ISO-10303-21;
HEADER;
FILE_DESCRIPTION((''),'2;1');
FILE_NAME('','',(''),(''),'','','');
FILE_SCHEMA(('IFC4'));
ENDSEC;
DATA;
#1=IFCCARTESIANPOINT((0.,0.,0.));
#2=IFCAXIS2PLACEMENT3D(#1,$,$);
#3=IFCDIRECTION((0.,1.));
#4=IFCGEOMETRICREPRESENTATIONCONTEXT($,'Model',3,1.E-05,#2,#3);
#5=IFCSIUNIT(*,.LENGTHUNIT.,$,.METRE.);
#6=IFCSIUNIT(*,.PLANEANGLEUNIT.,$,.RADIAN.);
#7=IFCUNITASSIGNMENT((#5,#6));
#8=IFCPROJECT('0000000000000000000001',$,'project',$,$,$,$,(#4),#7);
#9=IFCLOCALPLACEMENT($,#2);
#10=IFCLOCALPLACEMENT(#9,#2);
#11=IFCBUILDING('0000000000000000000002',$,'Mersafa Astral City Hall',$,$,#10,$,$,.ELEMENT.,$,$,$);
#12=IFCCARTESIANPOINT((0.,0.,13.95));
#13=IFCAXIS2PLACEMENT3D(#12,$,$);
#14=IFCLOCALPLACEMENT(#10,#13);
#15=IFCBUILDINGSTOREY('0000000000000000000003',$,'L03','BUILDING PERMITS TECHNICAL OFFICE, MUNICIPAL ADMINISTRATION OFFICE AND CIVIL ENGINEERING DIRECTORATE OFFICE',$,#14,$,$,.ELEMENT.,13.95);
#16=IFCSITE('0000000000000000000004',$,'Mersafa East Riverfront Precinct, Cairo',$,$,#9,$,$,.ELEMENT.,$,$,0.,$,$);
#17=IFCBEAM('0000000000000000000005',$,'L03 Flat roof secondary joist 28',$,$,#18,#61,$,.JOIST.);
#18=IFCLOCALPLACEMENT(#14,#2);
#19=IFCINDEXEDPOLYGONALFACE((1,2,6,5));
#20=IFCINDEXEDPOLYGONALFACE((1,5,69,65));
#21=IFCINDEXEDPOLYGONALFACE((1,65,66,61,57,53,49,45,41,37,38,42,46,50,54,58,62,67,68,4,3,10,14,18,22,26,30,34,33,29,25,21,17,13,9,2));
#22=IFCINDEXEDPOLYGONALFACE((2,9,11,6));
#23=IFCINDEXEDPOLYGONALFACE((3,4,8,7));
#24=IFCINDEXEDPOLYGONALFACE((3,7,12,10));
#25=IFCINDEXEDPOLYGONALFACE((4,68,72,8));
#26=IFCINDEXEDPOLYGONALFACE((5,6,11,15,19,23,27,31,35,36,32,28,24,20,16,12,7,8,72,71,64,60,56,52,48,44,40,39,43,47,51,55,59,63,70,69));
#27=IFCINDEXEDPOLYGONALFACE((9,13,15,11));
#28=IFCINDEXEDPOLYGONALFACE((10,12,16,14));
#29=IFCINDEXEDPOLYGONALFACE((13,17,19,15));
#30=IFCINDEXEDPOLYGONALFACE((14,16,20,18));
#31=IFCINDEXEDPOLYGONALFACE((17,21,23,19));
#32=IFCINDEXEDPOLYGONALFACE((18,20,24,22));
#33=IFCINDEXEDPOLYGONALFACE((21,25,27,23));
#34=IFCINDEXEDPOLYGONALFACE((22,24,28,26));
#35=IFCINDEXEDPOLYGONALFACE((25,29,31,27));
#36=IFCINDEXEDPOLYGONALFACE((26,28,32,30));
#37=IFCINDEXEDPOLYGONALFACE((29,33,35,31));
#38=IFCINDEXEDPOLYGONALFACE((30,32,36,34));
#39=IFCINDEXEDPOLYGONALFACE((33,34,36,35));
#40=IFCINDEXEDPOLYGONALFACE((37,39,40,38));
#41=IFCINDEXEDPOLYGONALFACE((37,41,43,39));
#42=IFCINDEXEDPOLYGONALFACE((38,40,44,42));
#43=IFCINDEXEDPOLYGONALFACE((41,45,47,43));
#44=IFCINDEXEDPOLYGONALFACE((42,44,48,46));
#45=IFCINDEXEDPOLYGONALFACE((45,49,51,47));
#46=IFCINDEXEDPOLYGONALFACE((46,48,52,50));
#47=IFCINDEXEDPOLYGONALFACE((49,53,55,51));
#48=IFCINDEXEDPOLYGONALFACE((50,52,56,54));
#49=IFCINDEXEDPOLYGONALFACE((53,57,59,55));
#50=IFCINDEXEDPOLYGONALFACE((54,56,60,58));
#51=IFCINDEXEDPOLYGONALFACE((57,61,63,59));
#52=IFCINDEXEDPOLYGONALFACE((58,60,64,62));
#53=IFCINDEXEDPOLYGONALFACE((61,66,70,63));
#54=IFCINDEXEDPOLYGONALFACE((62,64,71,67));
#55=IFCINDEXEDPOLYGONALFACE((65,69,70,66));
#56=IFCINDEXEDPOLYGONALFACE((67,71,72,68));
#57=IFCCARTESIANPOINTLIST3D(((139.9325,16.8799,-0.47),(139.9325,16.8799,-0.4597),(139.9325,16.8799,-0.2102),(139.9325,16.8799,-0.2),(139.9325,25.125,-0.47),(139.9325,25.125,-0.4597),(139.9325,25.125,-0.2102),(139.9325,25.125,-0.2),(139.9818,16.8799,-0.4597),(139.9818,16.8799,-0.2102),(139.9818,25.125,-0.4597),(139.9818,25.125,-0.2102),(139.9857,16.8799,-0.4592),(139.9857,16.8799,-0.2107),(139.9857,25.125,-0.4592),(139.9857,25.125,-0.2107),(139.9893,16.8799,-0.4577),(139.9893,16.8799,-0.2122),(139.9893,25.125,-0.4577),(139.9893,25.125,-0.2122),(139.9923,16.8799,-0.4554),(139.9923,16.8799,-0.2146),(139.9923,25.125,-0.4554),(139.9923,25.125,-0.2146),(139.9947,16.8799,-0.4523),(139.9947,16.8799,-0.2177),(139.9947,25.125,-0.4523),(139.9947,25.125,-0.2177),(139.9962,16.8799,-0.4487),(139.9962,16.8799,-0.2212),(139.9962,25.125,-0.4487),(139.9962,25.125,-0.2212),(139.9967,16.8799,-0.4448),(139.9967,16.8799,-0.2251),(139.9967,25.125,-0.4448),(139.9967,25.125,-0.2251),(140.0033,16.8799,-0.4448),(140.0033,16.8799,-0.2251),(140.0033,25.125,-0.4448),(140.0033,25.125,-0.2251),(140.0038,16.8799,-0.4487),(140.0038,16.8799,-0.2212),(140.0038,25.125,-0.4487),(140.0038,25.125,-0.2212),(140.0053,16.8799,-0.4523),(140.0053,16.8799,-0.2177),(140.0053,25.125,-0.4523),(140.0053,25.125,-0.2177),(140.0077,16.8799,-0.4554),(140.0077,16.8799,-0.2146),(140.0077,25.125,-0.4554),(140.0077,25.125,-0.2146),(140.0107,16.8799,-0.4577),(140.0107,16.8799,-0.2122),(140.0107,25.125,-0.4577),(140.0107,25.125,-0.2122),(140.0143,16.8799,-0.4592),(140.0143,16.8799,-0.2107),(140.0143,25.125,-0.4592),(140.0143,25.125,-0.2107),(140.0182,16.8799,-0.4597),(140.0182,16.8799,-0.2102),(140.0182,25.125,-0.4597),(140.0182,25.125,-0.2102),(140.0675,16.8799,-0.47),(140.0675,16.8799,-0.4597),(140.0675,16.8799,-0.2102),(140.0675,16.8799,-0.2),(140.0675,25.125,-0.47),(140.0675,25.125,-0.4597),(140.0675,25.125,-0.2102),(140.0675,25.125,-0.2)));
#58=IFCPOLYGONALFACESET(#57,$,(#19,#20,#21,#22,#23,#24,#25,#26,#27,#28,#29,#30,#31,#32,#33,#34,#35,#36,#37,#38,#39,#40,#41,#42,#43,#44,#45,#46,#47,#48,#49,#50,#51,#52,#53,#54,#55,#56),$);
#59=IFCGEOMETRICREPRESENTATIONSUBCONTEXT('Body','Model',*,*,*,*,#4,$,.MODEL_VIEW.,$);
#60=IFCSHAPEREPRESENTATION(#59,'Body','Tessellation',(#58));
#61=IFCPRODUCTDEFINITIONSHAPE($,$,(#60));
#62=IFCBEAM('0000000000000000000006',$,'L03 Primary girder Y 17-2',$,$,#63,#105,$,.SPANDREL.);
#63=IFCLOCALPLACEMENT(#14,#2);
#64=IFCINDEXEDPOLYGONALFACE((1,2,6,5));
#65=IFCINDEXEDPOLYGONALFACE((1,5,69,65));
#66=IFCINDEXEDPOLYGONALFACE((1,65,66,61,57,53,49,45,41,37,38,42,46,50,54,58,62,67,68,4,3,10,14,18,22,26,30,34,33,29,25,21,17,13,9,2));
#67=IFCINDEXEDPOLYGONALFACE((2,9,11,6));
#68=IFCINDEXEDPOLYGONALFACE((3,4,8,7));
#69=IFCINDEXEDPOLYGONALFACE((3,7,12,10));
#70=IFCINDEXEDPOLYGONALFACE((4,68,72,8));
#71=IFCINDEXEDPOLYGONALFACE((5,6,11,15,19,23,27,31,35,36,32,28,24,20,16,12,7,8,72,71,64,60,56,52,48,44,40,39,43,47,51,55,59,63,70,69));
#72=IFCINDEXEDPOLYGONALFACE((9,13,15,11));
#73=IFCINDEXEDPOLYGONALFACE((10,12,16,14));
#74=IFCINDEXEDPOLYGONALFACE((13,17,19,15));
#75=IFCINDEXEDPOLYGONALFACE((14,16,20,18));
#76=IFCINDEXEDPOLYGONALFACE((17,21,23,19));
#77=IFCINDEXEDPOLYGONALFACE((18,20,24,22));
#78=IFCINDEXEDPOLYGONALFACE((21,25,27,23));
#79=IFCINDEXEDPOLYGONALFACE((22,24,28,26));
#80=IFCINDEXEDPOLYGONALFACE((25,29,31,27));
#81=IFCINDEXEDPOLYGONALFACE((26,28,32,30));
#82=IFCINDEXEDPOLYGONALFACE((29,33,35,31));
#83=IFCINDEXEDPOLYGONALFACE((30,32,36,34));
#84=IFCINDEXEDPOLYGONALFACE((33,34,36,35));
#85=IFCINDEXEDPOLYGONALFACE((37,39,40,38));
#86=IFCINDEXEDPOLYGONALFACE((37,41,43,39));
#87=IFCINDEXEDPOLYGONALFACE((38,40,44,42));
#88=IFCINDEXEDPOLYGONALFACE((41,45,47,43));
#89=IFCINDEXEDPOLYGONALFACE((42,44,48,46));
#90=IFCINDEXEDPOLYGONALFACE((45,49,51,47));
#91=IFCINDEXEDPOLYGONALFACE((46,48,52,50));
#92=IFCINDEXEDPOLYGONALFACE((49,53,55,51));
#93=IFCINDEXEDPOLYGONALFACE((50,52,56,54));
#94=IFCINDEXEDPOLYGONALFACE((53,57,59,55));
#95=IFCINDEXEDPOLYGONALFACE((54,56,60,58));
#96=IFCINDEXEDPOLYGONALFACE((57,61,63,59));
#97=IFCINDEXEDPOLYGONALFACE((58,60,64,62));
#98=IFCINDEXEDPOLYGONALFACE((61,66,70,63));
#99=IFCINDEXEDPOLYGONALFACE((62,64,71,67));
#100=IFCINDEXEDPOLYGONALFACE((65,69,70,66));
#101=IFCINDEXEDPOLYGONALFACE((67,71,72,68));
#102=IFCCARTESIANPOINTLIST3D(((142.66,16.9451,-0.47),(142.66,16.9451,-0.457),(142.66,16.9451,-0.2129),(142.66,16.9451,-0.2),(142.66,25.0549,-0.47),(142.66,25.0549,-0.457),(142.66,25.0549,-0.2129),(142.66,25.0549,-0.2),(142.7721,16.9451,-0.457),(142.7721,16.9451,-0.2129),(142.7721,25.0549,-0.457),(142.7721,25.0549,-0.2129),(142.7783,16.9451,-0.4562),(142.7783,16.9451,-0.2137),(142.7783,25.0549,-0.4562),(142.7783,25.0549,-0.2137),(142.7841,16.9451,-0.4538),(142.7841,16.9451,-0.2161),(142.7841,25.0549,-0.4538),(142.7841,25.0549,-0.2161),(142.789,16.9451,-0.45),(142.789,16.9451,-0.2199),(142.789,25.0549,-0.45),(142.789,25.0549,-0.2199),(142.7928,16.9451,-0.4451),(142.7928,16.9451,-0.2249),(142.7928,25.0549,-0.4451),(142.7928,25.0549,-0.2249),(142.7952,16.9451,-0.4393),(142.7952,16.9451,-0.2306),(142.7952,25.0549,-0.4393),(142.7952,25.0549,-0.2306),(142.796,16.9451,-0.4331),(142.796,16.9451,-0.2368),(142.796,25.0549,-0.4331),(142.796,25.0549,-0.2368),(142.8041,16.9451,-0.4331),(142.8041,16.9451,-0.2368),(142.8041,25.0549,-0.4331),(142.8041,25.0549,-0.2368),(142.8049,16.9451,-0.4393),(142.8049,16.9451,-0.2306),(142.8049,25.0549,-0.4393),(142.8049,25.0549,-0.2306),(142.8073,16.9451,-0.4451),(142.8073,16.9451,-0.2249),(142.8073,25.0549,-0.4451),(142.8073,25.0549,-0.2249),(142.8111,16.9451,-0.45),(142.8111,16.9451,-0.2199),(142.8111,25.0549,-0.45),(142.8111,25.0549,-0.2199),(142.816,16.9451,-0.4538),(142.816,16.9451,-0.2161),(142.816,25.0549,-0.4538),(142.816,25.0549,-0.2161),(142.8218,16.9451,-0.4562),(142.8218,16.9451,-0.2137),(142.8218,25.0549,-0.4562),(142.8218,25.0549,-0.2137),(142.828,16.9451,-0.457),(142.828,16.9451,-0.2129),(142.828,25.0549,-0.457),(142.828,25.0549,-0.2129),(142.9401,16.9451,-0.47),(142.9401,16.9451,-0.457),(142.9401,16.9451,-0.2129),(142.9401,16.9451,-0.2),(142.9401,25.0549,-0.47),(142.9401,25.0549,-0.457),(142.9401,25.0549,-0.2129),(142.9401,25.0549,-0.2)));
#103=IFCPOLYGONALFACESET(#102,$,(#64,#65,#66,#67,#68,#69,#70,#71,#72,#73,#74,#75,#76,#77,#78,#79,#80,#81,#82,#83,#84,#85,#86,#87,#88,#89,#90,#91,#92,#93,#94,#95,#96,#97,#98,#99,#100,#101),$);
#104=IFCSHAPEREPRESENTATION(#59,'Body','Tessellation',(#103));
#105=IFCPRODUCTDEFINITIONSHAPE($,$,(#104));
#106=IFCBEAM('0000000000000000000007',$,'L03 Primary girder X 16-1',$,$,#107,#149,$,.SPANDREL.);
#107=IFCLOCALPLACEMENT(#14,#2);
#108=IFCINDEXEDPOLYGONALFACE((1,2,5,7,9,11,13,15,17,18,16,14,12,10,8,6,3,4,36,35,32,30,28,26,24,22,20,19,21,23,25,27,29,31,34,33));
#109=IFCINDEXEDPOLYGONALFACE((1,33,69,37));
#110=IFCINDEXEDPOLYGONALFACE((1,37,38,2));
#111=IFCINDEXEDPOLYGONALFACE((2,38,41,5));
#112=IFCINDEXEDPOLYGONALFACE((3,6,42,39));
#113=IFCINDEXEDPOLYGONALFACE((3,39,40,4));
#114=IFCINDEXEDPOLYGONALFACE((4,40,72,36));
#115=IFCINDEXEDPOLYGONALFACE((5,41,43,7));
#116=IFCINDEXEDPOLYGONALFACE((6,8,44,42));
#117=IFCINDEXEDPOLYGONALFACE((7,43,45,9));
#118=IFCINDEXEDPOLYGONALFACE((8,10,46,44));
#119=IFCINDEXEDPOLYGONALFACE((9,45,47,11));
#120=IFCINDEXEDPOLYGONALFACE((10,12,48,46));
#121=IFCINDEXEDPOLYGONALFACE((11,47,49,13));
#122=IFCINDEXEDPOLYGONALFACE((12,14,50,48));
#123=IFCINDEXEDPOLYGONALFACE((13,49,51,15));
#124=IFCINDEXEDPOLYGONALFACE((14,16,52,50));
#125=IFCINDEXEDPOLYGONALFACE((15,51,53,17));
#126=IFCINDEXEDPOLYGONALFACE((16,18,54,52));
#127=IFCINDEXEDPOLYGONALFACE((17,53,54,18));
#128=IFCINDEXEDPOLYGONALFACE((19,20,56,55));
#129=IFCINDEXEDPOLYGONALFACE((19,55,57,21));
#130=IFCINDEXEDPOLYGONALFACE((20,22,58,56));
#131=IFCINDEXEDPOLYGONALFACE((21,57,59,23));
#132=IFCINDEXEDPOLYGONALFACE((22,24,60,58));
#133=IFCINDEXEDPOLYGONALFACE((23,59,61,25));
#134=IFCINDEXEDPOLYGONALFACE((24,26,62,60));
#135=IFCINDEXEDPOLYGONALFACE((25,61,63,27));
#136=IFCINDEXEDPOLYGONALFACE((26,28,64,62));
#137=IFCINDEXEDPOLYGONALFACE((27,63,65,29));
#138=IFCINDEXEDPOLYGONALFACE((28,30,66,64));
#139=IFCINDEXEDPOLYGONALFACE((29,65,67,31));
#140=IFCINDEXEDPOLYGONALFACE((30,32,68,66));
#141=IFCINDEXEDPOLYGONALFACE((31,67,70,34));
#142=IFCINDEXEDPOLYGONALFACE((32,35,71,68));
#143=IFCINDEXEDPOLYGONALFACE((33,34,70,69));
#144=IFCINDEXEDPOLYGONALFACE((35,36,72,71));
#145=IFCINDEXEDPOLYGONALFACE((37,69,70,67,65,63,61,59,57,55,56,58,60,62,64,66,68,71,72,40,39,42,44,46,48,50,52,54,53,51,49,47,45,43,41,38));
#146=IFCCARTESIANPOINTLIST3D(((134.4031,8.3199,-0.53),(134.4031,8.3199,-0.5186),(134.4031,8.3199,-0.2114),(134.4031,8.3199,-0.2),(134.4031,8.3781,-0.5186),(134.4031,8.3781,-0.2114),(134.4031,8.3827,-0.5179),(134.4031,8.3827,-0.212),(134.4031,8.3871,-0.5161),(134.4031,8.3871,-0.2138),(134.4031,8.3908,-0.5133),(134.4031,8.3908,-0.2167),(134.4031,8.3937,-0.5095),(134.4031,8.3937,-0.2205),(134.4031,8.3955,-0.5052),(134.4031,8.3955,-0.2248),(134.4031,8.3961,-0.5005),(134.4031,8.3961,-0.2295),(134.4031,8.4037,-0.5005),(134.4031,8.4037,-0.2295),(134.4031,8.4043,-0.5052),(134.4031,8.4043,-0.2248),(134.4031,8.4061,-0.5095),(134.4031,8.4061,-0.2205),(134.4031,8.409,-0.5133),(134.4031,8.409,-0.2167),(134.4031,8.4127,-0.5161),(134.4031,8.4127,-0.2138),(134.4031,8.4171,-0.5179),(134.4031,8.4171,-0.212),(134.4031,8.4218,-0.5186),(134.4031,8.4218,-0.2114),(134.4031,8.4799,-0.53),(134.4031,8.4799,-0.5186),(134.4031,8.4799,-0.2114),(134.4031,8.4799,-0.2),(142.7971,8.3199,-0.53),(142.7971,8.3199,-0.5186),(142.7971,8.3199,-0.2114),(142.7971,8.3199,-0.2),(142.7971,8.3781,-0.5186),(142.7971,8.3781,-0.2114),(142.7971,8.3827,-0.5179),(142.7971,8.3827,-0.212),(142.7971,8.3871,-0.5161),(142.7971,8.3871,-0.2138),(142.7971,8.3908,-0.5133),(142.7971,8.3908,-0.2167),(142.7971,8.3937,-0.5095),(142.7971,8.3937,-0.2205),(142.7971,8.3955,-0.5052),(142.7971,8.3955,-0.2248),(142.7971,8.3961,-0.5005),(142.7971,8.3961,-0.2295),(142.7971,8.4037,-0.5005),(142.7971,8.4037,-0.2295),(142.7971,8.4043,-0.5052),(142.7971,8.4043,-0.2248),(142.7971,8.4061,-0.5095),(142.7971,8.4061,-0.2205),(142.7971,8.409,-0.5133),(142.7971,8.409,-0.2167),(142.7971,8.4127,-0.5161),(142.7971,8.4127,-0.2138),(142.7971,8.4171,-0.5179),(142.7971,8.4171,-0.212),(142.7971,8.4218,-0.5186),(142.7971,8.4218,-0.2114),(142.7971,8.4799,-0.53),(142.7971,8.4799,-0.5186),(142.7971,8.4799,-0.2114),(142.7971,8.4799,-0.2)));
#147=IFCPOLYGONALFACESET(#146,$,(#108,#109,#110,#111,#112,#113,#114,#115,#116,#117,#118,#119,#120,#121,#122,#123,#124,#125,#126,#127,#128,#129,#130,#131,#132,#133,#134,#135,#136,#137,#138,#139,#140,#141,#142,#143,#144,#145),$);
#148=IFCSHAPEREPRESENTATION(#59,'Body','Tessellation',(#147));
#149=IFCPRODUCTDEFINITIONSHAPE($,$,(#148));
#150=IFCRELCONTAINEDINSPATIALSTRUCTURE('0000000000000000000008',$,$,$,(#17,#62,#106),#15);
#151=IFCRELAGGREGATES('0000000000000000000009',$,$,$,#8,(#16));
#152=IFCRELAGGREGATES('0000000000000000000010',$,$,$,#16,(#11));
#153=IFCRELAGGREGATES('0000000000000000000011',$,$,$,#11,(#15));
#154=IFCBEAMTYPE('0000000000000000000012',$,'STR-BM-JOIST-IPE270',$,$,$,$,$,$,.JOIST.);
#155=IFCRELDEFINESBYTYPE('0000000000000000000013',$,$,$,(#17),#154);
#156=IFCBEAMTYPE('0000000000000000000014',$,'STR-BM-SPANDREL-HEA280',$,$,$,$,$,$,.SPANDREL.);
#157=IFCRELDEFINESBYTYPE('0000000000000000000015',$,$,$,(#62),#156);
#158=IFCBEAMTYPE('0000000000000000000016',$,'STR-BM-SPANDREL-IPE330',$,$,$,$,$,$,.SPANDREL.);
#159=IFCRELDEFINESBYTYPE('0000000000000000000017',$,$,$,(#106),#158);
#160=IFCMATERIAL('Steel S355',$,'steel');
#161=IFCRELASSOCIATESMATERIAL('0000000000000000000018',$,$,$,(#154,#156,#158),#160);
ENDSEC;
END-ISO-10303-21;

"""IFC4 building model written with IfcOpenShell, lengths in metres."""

from ifc_helpers import new_model, si_unit, direction, frame, origin, origin_2d, place, context, subcontext, project, spatial, i_section, extrude, material, material_profile, profile_set, type_object, element, save


model = new_model("IFC4")

# Units and contexts
model_context = context("Model", 3, precision=1e-05, world=origin(), true_north=direction((0.0, 1.0)))
body_context = subcontext(model_context, "Body", "Model", "MODEL_VIEW")
ifc_project = project(units=[si_unit("LENGTHUNIT", "METRE"), si_unit("PLANEANGLEUNIT", "RADIAN")], contexts=[model_context])

# Site, building, storey
site_placement = place(None, origin())
site = spatial("IfcSite", under=ifc_project, at=site_placement, Name="Mersafa East Riverfront Precinct, Cairo", CompositionType="ELEMENT", RefElevation=0.0)
building_placement = place(site_placement, origin())
building = spatial("IfcBuilding", under=site, at=building_placement, Name="Mersafa Astral City Hall", CompositionType="ELEMENT")
storey_placement = place(building_placement, frame((0.0, 0.0, 13.95)))
storey = spatial("IfcBuildingStorey", under=building, at=storey_placement, Name="L03", Description="BUILDING PERMITS TECHNICAL OFFICE, MUNICIPAL ADMINISTRATION OFFICE AND CIVIL ENGINEERING DIRECTORATE OFFICE", CompositionType="ELEMENT", Elevation=13.95)

# Shared definitions
ifc_material_1 = material(Name="Steel S355", Category="steel")

# Beams
ifc_material_profile_1 = material_profile(ifc_material_1, i_section(OverallWidth=0.135, OverallDepth=0.27, WebThickness=0.0066, FlangeThickness=0.0103, FilletRadius=0.0149, at=origin_2d()), Name="IPE 270")
ifc_profile_set_1 = profile_set([ifc_material_profile_1], Name="Steel S355")
beam_type_1 = type_object("IfcBeamType", Name="STR-BM-JOIST-IPE270", PredefinedType="JOIST", material=ifc_profile_set_1)
for number, where, z_axis, x_axis, name in (
    (1, (140.0, 16.8799, -0.335), (0.0, 1.0, 0.0), (-1.0, 0.0, 0.0), "L03 Flat roof secondary joist 28"),
):
    element("IfcBeam", number, at=place(storey_placement, frame(where, z_axis=z_axis, x_axis=x_axis)), inside=storey, type_object=beam_type_1, Name=name, PredefinedType="JOIST", context=body_context, shape_type="SweptSolid", body=[
        extrude(i_section(OverallWidth=0.135, OverallDepth=0.27, WebThickness=0.0066, FlangeThickness=0.0103, FilletRadius=0.0149, at=origin_2d()), origin(), (0.0, 0.0, 1.0), 8.2451),
    ])
ifc_material_profile_2 = material_profile(ifc_material_1, i_section(OverallWidth=0.28, OverallDepth=0.27, WebThickness=0.0081, FlangeThickness=0.0129, FilletRadius=0.0239, at=origin_2d()), Name="HEA 280")
ifc_profile_set_2 = profile_set([ifc_material_profile_2], Name="Steel S355")
beam_type_2 = type_object("IfcBeamType", Name="STR-BM-SPANDREL-HEA280", PredefinedType="SPANDREL", material=ifc_profile_set_2)
beam_1_placement = place(storey_placement, frame((142.8, 16.9451, -0.335), z_axis=(0.0, 1.0, 0.0), x_axis=(-1.0, 0.0, 0.0)))
element("IfcBeam", 2, at=beam_1_placement, inside=storey, type_object=beam_type_2, Name="L03 Primary girder Y 17-2", PredefinedType="SPANDREL", context=body_context, shape_type="SweptSolid", body=[
    extrude(i_section(OverallWidth=0.28, OverallDepth=0.27, WebThickness=0.0081, FlangeThickness=0.0129, FilletRadius=0.0239, at=origin_2d()), origin(), (0.0, 0.0, 1.0), 8.1099),
])
ifc_material_profile_3 = material_profile(ifc_material_1, i_section(OverallWidth=0.1599, OverallDepth=0.3301, WebThickness=0.0076, FlangeThickness=0.0115, FilletRadius=0.0181, at=origin_2d()), Name="IPE 330")
ifc_profile_set_3 = profile_set([ifc_material_profile_3], Name="Steel S355")
beam_type_3 = type_object("IfcBeamType", Name="STR-BM-SPANDREL-IPE330", PredefinedType="SPANDREL", material=ifc_profile_set_3)
beam_2_placement = place(storey_placement, frame((134.4031, 8.3999, -0.365), z_axis=(1.0, 0.0, 0.0), x_axis=(0.0, 1.0, 0.0)))
element("IfcBeam", 3, at=beam_2_placement, inside=storey, type_object=beam_type_3, Name="L03 Primary girder X 16-1", PredefinedType="SPANDREL", context=body_context, shape_type="SweptSolid", body=[
    extrude(i_section(OverallWidth=0.1599, OverallDepth=0.3301, WebThickness=0.0076, FlangeThickness=0.0115, FilletRadius=0.0181, at=origin_2d()), origin(), (0.0, 0.0, 1.0), 8.394),
])

save(model, "model.ifc")
